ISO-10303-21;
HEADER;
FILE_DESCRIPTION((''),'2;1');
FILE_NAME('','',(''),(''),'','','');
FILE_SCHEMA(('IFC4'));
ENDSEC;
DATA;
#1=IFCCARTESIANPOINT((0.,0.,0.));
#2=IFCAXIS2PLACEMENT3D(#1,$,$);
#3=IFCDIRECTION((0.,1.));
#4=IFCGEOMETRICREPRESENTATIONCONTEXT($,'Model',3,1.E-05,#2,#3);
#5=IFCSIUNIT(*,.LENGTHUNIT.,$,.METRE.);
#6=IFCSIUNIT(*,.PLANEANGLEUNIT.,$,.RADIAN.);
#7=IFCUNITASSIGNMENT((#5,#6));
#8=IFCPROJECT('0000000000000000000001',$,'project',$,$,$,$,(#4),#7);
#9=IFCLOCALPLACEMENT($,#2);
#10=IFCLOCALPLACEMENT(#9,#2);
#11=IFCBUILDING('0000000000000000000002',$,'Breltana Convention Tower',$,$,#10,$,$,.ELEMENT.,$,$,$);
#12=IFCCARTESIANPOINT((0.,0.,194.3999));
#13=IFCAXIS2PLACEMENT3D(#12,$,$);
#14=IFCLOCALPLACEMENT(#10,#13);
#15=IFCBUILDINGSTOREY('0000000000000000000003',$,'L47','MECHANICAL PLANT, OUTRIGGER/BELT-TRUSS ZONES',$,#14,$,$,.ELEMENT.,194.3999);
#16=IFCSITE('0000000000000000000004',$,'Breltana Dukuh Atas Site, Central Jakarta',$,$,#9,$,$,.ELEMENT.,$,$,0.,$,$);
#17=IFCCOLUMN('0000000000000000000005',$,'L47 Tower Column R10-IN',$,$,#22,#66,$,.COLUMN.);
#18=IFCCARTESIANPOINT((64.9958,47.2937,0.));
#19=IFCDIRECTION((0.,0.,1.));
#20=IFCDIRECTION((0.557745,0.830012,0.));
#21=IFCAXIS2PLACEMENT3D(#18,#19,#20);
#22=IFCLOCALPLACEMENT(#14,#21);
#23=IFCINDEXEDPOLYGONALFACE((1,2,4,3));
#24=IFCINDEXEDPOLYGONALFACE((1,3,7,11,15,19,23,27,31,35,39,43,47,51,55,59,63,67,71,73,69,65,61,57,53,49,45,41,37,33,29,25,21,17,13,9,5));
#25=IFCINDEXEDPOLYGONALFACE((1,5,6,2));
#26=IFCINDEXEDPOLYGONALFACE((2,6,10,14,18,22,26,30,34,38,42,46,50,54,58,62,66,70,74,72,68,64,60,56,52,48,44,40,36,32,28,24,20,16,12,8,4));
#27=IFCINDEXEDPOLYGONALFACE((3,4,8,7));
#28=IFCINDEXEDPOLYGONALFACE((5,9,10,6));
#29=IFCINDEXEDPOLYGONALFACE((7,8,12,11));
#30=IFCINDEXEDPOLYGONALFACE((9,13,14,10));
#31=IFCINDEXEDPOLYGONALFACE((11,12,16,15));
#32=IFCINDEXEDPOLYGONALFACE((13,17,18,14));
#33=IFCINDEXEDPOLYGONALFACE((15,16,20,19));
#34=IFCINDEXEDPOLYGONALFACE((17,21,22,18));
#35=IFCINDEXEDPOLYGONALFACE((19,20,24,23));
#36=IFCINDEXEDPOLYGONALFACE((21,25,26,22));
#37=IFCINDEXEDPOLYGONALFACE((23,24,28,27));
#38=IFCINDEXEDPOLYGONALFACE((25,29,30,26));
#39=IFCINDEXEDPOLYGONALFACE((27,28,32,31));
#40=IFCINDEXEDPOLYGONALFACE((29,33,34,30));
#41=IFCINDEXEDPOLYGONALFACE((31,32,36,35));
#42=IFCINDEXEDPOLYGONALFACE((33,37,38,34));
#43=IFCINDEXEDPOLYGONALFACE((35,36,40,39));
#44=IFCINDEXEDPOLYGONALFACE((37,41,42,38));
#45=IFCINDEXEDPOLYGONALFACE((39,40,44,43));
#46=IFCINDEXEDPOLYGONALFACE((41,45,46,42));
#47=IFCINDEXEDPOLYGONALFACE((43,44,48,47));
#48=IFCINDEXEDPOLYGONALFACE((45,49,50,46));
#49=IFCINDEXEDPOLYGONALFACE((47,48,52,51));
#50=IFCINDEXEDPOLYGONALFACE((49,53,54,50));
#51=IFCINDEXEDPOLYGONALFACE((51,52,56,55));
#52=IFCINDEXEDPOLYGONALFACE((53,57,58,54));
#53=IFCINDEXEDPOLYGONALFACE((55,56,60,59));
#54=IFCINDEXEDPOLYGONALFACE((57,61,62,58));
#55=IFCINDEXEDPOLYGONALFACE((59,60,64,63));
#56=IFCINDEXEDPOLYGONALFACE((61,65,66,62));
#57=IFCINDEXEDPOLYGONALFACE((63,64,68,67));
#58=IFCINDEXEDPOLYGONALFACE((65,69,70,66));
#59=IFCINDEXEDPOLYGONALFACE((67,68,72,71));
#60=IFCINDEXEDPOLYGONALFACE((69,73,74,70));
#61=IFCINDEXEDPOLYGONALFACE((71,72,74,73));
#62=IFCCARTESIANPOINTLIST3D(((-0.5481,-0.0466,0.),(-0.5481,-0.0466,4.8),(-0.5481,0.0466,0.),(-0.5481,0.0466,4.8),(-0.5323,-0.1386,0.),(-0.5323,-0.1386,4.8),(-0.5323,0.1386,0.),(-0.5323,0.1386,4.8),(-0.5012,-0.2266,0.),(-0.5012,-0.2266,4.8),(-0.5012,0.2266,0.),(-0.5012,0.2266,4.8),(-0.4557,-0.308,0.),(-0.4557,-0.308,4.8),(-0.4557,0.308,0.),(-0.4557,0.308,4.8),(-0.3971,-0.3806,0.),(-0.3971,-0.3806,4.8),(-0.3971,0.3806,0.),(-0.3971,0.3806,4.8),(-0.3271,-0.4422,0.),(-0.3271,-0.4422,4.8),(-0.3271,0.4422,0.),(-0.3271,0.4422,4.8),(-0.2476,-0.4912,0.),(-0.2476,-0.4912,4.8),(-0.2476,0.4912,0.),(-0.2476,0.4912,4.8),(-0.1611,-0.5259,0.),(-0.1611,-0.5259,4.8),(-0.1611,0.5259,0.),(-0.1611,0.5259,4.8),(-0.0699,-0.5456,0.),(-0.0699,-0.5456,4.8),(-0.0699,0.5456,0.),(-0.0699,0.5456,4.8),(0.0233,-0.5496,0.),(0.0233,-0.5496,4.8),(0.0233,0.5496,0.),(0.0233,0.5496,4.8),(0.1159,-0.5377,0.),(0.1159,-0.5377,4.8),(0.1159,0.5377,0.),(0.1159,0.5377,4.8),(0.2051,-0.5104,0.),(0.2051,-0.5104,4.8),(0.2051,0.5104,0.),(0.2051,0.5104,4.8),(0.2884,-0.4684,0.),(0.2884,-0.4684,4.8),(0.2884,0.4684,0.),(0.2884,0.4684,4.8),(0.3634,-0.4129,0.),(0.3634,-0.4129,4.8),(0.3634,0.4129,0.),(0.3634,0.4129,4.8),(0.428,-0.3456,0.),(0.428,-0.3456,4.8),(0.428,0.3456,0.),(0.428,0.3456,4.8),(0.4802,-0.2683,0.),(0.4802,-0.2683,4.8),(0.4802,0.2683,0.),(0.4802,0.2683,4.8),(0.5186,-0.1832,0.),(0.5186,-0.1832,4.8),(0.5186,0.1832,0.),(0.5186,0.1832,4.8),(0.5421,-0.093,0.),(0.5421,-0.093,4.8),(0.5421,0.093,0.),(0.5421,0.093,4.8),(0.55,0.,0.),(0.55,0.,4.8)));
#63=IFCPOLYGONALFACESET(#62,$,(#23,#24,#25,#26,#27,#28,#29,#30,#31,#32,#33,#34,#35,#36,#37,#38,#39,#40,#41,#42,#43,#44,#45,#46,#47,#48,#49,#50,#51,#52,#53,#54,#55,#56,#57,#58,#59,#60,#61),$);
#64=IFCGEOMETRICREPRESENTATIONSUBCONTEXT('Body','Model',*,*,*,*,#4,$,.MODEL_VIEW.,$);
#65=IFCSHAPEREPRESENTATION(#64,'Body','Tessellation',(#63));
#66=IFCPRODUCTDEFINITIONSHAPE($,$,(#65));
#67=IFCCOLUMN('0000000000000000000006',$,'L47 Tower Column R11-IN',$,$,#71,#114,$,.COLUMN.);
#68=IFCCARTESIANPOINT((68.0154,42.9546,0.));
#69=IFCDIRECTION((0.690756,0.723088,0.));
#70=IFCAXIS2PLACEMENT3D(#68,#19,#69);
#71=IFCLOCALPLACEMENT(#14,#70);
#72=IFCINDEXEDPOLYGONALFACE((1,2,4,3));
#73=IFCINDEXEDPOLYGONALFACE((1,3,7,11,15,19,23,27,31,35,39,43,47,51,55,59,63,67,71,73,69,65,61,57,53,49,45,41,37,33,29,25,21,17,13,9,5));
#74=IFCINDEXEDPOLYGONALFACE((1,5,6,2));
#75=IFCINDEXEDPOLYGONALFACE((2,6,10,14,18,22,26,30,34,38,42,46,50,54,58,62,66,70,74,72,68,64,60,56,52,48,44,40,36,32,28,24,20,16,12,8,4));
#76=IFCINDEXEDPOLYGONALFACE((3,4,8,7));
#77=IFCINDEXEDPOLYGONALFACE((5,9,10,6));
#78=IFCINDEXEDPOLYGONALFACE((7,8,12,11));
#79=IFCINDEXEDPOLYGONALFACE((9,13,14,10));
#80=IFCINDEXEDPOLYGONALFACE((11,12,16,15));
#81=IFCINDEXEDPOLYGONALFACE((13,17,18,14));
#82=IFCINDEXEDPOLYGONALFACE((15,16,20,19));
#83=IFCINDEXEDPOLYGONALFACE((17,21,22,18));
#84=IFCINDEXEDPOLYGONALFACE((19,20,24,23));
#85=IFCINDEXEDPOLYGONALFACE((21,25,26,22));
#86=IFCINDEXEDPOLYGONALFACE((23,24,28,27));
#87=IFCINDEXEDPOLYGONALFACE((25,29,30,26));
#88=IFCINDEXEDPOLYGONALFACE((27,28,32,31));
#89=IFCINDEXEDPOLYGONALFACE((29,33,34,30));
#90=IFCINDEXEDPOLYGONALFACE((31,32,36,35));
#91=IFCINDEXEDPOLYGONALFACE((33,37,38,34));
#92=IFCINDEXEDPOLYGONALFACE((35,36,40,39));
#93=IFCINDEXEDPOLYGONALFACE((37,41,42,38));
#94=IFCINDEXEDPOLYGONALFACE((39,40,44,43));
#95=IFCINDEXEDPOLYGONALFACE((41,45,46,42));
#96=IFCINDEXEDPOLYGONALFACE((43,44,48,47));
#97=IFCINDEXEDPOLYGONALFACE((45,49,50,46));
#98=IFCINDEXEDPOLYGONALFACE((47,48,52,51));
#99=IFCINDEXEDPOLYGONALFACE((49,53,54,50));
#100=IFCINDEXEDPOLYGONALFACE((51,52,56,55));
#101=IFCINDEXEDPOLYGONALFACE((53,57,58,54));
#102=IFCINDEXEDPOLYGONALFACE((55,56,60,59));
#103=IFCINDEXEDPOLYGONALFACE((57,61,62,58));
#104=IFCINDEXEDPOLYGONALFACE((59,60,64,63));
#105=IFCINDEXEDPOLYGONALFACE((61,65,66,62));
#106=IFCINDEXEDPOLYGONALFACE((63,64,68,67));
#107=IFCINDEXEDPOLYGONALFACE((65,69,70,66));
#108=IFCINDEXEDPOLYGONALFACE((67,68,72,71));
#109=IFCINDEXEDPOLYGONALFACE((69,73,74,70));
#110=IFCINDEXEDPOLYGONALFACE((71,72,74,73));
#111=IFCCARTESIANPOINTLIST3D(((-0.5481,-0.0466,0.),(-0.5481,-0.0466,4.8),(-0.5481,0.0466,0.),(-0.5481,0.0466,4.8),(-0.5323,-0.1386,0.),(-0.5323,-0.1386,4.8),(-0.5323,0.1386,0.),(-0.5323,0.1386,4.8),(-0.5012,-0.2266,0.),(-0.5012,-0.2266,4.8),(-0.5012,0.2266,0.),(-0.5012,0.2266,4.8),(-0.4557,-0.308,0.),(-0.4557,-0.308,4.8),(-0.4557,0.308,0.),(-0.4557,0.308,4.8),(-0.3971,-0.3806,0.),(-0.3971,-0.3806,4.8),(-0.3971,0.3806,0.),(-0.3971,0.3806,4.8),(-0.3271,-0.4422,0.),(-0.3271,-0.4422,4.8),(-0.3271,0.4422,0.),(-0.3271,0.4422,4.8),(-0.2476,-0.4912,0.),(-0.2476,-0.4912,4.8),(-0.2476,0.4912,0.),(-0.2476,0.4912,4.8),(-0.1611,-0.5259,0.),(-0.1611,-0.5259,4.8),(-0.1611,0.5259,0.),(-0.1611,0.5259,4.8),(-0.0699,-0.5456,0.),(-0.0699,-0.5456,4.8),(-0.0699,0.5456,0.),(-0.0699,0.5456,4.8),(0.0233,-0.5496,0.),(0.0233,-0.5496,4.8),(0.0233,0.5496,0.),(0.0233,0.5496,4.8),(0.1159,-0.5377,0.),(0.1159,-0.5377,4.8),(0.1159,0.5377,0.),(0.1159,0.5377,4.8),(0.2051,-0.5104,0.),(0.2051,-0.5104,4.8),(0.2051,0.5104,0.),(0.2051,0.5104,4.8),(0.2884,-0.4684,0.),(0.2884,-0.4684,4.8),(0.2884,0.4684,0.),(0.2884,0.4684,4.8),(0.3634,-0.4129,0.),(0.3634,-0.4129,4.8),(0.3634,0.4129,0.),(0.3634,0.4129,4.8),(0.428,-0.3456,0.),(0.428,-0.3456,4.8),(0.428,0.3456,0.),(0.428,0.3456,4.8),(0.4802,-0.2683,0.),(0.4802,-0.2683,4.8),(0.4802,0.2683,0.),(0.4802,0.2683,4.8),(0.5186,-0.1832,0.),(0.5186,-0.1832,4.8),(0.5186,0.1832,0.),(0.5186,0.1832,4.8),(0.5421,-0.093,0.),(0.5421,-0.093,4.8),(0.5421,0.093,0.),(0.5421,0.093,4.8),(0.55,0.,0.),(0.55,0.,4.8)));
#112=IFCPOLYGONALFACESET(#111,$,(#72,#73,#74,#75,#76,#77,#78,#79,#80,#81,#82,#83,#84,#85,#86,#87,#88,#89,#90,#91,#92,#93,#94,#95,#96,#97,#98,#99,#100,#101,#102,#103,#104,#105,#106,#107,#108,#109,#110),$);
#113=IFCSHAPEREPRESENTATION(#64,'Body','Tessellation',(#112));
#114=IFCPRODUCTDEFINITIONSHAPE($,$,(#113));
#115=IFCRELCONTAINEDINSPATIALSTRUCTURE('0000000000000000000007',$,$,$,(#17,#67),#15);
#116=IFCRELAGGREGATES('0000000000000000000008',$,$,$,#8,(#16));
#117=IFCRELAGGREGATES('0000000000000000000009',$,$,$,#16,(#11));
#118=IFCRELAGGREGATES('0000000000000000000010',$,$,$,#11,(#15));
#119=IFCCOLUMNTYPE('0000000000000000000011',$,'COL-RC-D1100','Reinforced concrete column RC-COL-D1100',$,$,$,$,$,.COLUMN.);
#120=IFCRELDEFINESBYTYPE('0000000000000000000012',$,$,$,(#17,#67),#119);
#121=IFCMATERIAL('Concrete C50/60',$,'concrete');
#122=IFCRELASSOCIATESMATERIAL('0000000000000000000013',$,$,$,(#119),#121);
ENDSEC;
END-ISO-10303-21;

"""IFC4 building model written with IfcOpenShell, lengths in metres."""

from ifc_helpers import new_model, si_unit, direction, frame, origin, origin_2d, place, context, subcontext, project, spatial, circle, extrude, source, transform, mapped, material, material_profile, profile_set, type_object, element, save


model = new_model("IFC4")

# Units and contexts
model_context = context("Model", 3, precision=1e-05, world=origin(), true_north=direction((0.0, 1.0)))
body_context = subcontext(model_context, "Body", "Model", "MODEL_VIEW")
ifc_project = project(units=[si_unit("LENGTHUNIT", "METRE"), si_unit("PLANEANGLEUNIT", "RADIAN")], contexts=[model_context])

# Site, building, storey
site_placement = place(None, origin())
site = spatial("IfcSite", under=ifc_project, at=site_placement, Name="Breltana Dukuh Atas Site, Central Jakarta", CompositionType="ELEMENT", RefElevation=0.0)
building_placement = place(site_placement, origin())
building = spatial("IfcBuilding", under=site, at=building_placement, Name="Breltana Convention Tower", CompositionType="ELEMENT")
storey_placement = place(building_placement, frame((0.0, 0.0, 194.3999)))
storey = spatial("IfcBuildingStorey", under=building, at=storey_placement, Name="L47", Description="MECHANICAL PLANT, OUTRIGGER/BELT-TRUSS ZONES", CompositionType="ELEMENT", Elevation=194.3999)

# Columns
ifc_material_1 = material(Name="Concrete C50/60", Category="concrete")
ifc_material_profile_1 = material_profile(ifc_material_1, circle(Radius=0.55, at=origin_2d()), Name="RC-COL-D1100")
ifc_profile_set_1 = profile_set([ifc_material_profile_1], Name="Concrete C50/60")
column_type = type_object("IfcColumnType", Name="COL-RC-D1100", Description="Reinforced concrete column RC-COL-D1100", PredefinedType="COLUMN", material=ifc_profile_set_1)
shared_shape_1 = source(origin(), body_context, "Body", "SweptSolid", [
    extrude(circle(Radius=0.55, at=origin_2d()), origin(), (0.0, 0.0, 1.0), 4.8),
])
for number, where, z_axis, x_axis, name in (
    (1, (64.9958, 47.2937, 0.0), (0.0, 0.0, 1.0), (0.557745, 0.830012, 0.0), "L47 Tower Column R10-IN"),
    (2, (68.0154, 42.9546, 0.0), (0.0, 0.0, 1.0), (0.690756, 0.723088, 0.0), "L47 Tower Column R11-IN"),
):
    element("IfcColumn", number, at=place(storey_placement, frame(where, z_axis=z_axis, x_axis=x_axis)), inside=storey, type_object=column_type, Name=name, PredefinedType="COLUMN", context=body_context, shape_type="MappedRepresentation", body=[
        mapped(shared_shape_1, transform((0.0, 0.0, 0.0), scale=1.0)),
    ])

save(model, "model.ifc")
